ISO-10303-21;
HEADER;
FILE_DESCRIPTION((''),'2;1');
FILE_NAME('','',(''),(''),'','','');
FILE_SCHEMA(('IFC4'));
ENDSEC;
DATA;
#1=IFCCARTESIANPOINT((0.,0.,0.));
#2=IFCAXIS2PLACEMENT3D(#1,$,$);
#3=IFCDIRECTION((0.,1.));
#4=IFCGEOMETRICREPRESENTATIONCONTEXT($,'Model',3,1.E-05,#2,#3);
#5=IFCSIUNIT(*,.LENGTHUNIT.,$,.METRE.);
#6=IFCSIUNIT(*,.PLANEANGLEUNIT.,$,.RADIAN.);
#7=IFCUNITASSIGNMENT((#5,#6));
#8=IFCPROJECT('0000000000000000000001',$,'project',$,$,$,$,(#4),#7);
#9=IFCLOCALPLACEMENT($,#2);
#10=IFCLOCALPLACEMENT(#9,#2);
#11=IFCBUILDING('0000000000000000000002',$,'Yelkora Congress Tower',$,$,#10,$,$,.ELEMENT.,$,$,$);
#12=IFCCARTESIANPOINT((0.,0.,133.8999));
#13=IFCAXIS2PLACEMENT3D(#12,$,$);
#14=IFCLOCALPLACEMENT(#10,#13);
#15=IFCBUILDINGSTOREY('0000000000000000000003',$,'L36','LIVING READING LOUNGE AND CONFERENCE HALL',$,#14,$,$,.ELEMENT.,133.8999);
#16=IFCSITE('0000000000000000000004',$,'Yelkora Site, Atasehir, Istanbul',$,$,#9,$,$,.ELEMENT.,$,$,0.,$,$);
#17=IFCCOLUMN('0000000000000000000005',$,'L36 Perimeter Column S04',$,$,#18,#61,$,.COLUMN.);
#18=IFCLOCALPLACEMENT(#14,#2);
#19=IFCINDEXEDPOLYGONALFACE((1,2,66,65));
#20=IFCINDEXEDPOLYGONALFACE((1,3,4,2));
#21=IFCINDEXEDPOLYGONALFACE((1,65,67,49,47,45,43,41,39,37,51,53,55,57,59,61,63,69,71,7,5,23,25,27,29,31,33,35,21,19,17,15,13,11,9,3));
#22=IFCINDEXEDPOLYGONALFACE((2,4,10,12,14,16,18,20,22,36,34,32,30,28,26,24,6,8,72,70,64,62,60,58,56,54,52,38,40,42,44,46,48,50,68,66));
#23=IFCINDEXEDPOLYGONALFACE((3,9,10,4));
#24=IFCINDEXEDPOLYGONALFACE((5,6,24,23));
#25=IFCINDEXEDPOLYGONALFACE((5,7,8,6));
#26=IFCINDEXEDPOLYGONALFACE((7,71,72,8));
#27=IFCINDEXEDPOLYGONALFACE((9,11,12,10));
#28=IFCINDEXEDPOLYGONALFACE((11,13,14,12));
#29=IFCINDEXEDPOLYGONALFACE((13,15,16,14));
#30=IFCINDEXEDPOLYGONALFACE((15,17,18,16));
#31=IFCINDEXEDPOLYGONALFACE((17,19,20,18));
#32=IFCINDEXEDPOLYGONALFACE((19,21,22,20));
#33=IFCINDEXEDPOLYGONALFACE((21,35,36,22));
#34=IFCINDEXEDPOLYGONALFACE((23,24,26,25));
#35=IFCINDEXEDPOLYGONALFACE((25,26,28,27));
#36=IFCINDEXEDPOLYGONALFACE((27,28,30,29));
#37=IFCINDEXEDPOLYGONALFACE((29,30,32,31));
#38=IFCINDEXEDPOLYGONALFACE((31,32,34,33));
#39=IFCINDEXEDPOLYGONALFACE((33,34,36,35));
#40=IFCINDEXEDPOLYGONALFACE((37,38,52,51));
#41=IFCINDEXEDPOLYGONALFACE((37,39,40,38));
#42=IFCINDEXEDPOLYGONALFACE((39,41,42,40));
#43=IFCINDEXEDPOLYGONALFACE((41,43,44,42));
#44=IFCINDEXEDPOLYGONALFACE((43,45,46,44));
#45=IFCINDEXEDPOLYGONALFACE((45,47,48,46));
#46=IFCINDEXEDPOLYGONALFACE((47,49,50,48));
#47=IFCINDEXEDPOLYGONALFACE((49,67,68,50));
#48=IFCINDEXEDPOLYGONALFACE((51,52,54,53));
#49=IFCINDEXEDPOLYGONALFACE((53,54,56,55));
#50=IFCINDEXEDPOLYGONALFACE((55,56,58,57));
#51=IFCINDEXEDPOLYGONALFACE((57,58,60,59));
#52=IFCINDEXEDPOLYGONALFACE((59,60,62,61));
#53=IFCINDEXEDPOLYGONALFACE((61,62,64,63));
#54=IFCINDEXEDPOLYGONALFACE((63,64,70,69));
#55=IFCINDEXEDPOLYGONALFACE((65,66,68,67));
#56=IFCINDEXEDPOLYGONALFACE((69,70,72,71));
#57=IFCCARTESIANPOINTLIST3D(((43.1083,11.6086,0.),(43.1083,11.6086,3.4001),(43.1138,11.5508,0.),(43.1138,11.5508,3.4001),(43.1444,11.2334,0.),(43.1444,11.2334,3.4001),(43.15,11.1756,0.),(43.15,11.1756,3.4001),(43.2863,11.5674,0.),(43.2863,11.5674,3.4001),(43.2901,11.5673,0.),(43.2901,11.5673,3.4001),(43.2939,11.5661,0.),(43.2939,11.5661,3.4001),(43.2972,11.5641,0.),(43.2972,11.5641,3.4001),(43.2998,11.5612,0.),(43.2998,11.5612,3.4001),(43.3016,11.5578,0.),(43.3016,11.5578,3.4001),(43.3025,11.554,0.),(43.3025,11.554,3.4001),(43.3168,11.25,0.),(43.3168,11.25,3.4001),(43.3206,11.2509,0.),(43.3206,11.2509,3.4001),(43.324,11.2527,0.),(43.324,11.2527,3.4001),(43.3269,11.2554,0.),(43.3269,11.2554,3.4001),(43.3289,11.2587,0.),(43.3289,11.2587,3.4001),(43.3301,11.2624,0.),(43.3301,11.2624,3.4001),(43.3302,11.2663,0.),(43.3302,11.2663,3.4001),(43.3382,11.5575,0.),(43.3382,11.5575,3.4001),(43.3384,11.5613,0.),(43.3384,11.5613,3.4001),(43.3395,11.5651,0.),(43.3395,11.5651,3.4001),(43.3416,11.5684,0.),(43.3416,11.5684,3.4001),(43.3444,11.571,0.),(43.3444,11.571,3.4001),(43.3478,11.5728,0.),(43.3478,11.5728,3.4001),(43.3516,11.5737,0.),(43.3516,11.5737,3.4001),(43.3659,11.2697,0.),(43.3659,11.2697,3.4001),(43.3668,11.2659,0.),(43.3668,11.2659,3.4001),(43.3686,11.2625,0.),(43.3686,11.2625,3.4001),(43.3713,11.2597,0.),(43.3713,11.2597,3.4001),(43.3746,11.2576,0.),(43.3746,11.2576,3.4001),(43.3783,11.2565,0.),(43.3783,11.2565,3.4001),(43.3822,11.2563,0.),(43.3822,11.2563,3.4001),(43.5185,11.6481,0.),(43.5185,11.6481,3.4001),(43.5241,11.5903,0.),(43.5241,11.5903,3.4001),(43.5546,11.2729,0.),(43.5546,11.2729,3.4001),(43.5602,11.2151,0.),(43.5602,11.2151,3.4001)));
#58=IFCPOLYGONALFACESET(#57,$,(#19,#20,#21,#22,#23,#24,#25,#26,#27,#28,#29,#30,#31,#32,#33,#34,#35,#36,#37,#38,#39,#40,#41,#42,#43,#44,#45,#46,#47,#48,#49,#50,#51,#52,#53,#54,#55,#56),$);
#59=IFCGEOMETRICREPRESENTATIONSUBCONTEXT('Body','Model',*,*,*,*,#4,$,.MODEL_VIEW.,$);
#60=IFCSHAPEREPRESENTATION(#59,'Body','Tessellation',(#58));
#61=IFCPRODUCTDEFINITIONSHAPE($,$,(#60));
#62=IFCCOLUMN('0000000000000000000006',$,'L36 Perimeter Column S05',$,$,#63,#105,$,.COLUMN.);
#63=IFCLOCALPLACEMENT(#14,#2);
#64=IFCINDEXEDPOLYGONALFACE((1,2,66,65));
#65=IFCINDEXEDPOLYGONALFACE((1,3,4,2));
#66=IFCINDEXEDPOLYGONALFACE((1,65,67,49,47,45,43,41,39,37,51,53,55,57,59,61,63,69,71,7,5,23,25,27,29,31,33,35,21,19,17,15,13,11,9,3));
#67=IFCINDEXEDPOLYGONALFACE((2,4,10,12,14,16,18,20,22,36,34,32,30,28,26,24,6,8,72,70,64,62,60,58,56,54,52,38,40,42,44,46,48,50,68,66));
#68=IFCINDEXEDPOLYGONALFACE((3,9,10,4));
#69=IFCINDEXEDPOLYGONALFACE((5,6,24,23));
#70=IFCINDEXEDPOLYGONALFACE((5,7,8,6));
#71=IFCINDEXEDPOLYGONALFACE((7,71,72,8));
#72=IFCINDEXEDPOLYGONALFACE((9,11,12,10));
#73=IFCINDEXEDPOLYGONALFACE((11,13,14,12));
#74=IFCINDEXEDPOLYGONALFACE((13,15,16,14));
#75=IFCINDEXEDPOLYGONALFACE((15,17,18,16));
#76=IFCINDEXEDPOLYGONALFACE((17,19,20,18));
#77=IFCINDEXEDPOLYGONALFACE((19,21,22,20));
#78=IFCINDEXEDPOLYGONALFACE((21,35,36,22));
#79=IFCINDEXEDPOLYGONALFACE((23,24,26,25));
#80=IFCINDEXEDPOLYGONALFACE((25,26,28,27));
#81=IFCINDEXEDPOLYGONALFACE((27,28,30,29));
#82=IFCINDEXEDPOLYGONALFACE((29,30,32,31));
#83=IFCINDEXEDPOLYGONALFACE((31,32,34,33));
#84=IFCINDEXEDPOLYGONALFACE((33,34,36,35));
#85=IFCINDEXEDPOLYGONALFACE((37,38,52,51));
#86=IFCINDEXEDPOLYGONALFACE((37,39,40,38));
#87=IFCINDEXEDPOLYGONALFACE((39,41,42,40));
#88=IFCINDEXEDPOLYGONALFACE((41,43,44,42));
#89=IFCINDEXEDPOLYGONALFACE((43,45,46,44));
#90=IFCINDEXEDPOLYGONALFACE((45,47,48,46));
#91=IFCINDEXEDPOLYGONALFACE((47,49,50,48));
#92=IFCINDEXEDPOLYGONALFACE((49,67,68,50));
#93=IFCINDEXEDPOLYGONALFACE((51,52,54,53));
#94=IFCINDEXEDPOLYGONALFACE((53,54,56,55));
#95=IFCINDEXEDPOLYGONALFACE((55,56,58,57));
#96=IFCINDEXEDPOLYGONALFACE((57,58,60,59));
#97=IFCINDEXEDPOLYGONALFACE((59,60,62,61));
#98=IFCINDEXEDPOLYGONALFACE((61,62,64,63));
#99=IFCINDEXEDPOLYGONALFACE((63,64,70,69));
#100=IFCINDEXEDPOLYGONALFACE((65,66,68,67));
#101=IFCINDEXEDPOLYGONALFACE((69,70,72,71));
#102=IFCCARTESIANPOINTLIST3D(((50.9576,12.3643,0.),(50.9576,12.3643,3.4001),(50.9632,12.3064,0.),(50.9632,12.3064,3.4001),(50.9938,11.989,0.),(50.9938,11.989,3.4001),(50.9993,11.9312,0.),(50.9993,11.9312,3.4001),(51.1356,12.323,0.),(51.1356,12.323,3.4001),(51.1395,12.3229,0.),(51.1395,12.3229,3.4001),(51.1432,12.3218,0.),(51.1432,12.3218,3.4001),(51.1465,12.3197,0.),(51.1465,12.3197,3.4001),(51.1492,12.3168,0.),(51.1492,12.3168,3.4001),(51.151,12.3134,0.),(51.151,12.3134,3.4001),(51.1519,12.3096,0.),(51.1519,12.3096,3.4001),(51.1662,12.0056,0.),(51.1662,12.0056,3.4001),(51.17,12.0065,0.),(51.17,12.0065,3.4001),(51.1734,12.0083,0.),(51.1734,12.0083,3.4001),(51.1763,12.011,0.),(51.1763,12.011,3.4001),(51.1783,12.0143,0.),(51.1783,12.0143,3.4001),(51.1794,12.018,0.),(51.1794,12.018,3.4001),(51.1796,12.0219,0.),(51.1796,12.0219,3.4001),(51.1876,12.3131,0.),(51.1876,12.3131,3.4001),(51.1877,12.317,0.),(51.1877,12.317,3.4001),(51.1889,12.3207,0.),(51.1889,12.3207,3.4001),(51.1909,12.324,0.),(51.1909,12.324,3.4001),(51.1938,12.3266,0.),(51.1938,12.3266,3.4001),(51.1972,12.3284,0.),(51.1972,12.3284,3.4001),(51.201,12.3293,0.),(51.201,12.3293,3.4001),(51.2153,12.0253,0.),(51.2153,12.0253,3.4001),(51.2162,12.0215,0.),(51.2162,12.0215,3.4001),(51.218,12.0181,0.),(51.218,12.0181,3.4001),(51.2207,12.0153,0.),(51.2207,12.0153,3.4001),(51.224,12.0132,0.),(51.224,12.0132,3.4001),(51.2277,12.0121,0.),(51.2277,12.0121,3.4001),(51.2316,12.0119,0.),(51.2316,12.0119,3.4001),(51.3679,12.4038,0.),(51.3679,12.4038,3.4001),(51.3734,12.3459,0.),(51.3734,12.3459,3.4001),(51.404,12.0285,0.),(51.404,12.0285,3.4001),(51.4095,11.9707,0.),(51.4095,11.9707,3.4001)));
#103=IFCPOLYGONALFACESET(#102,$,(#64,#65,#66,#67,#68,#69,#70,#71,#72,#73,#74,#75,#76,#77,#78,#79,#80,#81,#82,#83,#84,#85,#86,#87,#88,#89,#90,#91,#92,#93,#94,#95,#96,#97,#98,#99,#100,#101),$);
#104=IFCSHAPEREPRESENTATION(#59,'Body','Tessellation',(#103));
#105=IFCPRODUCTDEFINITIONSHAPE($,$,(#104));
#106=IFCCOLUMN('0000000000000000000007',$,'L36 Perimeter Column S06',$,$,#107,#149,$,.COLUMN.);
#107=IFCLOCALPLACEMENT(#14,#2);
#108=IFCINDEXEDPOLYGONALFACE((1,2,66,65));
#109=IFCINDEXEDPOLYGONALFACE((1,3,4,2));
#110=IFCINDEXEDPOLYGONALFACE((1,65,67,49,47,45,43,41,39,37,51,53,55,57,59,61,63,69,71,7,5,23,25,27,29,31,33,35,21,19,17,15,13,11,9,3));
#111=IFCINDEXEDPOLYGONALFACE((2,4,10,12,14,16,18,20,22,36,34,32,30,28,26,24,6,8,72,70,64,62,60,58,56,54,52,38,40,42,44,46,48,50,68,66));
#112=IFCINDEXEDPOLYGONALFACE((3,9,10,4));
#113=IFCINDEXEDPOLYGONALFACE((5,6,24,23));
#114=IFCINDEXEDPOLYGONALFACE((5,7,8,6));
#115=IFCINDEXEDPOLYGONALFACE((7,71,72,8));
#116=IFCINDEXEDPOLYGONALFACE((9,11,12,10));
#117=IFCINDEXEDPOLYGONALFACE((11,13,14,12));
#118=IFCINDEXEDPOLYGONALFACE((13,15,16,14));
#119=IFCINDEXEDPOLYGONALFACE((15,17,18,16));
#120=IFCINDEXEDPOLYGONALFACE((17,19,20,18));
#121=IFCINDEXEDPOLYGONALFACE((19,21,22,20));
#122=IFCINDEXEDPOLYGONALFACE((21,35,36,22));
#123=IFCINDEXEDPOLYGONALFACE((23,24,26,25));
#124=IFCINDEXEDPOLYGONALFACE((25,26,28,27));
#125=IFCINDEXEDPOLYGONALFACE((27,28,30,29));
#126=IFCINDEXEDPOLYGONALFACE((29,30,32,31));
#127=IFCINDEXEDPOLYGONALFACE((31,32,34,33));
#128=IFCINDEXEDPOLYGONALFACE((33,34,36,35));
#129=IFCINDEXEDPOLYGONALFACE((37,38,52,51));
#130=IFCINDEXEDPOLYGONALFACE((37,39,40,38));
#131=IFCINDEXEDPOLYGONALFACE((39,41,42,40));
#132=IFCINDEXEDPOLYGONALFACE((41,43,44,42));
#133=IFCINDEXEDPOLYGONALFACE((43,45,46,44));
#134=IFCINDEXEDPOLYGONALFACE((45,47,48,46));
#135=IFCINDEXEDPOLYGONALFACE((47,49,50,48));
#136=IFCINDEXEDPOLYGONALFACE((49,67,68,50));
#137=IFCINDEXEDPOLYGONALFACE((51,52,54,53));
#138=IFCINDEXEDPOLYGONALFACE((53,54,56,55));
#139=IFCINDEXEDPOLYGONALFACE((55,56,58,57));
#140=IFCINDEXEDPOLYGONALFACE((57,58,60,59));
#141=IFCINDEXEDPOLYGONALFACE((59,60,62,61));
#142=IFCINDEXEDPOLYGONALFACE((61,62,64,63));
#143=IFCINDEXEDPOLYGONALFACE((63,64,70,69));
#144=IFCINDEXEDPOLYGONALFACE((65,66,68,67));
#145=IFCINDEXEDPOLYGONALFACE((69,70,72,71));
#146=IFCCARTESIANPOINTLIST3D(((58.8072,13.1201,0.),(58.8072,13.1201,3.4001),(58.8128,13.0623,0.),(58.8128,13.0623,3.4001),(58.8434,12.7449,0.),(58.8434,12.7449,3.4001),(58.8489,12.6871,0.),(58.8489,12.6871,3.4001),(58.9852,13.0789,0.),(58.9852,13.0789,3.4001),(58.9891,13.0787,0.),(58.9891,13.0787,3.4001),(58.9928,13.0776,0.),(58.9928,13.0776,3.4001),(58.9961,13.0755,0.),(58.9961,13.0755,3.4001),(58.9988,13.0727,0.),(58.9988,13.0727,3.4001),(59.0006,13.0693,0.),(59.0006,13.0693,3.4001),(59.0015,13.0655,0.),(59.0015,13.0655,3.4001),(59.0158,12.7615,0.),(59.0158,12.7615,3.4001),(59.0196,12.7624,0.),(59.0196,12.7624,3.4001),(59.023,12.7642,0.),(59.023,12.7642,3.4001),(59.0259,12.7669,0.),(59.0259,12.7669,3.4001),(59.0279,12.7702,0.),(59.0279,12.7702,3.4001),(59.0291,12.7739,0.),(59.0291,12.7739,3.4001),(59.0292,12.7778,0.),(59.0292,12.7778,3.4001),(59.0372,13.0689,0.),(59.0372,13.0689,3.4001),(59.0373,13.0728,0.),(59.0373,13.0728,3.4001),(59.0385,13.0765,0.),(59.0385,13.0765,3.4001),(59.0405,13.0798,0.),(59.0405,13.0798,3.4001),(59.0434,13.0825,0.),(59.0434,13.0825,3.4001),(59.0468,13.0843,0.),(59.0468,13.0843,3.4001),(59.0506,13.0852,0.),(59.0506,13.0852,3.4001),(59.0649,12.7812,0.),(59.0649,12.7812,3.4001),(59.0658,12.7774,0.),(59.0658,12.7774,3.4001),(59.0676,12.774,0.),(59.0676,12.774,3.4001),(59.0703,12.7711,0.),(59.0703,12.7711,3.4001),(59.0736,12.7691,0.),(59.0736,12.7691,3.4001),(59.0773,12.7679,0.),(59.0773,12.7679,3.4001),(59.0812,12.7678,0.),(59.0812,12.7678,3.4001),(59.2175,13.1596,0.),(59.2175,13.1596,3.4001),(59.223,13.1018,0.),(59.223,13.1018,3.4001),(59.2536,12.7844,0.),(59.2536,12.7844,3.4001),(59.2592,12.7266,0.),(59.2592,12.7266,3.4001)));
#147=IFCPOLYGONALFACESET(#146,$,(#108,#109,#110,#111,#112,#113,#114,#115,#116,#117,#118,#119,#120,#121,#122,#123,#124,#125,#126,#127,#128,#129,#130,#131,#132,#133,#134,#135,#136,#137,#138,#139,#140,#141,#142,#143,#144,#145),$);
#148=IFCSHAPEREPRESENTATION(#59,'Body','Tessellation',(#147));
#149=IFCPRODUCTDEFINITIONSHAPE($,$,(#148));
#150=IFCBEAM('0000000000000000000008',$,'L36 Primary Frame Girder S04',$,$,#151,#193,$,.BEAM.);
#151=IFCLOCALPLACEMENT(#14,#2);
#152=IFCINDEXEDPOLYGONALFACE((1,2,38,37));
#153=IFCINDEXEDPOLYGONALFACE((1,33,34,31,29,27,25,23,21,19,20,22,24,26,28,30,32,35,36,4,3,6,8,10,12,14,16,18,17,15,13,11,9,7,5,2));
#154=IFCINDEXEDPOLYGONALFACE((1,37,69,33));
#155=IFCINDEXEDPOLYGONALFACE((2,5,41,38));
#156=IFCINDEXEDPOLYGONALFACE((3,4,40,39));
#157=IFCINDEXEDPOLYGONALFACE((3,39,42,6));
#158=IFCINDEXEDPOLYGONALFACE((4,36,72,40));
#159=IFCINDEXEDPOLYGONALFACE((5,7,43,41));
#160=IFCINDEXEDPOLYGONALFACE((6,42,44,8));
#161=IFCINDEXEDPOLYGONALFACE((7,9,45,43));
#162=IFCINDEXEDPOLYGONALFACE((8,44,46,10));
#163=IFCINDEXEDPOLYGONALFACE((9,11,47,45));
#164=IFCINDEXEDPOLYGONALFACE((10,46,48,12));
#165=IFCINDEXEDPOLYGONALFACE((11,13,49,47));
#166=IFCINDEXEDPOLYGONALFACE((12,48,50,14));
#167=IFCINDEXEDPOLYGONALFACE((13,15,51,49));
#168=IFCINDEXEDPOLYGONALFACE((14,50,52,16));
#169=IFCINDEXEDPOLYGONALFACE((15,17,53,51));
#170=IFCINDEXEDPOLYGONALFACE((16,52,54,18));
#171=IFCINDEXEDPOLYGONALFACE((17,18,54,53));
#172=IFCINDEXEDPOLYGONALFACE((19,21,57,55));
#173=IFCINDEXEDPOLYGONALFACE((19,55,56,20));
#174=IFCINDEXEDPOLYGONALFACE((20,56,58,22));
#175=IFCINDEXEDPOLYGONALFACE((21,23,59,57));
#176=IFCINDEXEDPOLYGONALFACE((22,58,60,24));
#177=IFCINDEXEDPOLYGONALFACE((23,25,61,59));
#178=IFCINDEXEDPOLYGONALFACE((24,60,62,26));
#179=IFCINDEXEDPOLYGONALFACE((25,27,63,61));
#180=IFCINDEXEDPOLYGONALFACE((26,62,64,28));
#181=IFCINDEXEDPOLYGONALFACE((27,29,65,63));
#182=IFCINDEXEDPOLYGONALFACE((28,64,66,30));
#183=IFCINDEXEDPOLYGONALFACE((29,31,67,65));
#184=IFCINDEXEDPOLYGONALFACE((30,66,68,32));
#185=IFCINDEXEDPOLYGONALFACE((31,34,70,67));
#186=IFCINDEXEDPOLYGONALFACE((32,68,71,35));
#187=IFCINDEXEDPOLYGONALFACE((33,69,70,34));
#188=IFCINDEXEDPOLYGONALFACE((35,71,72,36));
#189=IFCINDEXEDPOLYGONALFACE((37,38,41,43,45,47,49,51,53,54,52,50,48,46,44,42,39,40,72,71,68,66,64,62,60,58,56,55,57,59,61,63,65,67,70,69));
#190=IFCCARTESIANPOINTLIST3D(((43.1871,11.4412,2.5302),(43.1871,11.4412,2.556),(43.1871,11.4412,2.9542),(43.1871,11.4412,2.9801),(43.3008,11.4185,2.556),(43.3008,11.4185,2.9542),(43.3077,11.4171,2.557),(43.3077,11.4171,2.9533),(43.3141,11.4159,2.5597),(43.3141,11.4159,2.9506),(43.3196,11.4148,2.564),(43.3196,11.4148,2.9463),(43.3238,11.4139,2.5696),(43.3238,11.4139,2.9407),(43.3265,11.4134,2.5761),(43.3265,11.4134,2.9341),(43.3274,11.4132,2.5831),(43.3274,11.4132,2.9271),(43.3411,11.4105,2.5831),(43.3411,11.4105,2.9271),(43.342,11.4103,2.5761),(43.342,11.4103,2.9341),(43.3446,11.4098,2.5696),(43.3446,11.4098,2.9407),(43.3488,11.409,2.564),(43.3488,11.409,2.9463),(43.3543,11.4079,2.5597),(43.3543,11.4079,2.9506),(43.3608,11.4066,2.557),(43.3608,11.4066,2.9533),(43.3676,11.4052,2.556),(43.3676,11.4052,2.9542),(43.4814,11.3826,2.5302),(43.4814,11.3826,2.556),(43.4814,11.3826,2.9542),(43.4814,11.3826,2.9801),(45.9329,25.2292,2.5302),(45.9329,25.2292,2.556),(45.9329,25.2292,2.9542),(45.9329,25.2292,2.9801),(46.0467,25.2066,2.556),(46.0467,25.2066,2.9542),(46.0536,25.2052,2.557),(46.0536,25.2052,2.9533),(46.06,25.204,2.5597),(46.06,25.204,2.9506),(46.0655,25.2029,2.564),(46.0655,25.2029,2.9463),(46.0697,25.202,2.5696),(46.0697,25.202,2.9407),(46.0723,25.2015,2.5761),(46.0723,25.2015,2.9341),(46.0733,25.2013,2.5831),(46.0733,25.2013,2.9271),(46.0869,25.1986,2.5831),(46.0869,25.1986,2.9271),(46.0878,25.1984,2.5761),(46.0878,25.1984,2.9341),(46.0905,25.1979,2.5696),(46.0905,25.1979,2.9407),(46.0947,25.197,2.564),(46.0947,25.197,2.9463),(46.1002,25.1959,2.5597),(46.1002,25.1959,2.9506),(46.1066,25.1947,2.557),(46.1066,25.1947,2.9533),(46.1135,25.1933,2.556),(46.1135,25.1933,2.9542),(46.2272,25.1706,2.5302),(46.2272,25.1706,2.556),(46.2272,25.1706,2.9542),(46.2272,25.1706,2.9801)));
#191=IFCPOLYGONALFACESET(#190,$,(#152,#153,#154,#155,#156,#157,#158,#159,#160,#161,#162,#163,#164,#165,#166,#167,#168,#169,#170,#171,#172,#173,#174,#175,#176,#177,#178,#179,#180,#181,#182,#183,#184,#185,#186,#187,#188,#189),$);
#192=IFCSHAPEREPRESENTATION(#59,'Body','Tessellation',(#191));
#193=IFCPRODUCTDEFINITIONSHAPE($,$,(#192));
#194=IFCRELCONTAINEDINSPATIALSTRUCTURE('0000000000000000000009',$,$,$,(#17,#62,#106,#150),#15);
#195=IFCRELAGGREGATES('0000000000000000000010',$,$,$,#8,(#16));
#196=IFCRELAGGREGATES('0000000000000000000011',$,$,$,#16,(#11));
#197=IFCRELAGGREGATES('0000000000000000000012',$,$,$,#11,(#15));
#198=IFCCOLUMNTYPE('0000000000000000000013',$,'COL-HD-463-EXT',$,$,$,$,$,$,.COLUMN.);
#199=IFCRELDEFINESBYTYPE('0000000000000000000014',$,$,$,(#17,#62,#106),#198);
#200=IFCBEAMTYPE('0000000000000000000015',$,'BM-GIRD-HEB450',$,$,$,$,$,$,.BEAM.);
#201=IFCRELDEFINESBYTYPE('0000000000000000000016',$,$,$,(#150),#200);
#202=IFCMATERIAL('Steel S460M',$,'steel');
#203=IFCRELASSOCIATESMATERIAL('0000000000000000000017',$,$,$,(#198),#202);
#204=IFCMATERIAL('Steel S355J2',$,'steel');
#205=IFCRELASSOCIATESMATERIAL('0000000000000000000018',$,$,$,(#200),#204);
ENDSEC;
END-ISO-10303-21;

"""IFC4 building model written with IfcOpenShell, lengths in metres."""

from ifc_helpers import new_model, si_unit, direction, frame, origin, origin_2d, place, context, subcontext, project, spatial, i_section, extrude, material, material_profile, profile_set, type_object, element, save


model = new_model("IFC4")

# Units and contexts
model_context = context("Model", 3, precision=1e-05, world=origin(), true_north=direction((0.0, 1.0)))
body_context = subcontext(model_context, "Body", "Model", "MODEL_VIEW")
ifc_project = project(units=[si_unit("LENGTHUNIT", "METRE"), si_unit("PLANEANGLEUNIT", "RADIAN")], contexts=[model_context])

# Site, building, storey
site_placement = place(None, origin())
site = spatial("IfcSite", under=ifc_project, at=site_placement, Name="Yelkora Site, Atasehir, Istanbul", CompositionType="ELEMENT", RefElevation=0.0)
building_placement = place(site_placement, origin())
building = spatial("IfcBuilding", under=site, at=building_placement, Name="Yelkora Congress Tower", CompositionType="ELEMENT")
storey_placement = place(building_placement, frame((0.0, 0.0, 133.8999)))
storey = spatial("IfcBuildingStorey", under=building, at=storey_placement, Name="L36", Description="LIVING READING LOUNGE AND CONFERENCE HALL", CompositionType="ELEMENT", Elevation=133.8999)

# Columns
ifc_material_1 = material(Name="Steel S460M", Category="steel")
ifc_material_profile_1 = material_profile(ifc_material_1, i_section(OverallWidth=0.4121, OverallDepth=0.4351, WebThickness=0.0359, FlangeThickness=0.0581, FilletRadius=0.0149, at=origin_2d()), Name="HD 400x463")
ifc_profile_set_1 = profile_set([ifc_material_profile_1], Name="Steel S460M")
column_type = type_object("IfcColumnType", Name="COL-HD-463-EXT", PredefinedType="COLUMN", material=ifc_profile_set_1)
for number, where, z_axis, x_axis, name in (
    (1, (43.3342, 11.4119, 0.0), (0.0, 0.0, 1.0), (0.995396, 0.095846, 0.0), "L36 Perimeter Column S04"),
    (2, (51.1836, 12.1675, 0.0), (0.0, 0.0, 1.0), (0.995396, 0.095846, 0.0), "L36 Perimeter Column S05"),
    (3, (59.0332, 12.9233, 0.0), (0.0, 0.0, 1.0), (0.995396, 0.095846, 0.0), "L36 Perimeter Column S06"),
):
    element("IfcColumn", number, at=place(storey_placement, frame(where, z_axis=z_axis, x_axis=x_axis)), inside=storey, type_object=column_type, Name=name, PredefinedType="COLUMN", context=body_context, shape_type="SweptSolid", body=[
        extrude(i_section(OverallWidth=0.4121, OverallDepth=0.4351, WebThickness=0.0359, FlangeThickness=0.0581, FilletRadius=0.0149, at=origin_2d()), origin(), (0.0, 0.0, 1.0), 3.4001),
    ])

# Beam
ifc_material_2 = material(Name="Steel S355J2", Category="steel")
ifc_material_profile_2 = material_profile(ifc_material_2, i_section(OverallWidth=0.3, OverallDepth=0.45, WebThickness=0.0139, FlangeThickness=0.0259, FilletRadius=0.0271, at=origin_2d()), Name="HEB 450")
ifc_profile_set_2 = profile_set([ifc_material_profile_2], Name="Steel S355J2")
beam_type_1 = type_object("IfcBeamType", Name="BM-GIRD-HEB450", PredefinedType="BEAM", material=ifc_profile_set_2)
beam_1_placement = place(storey_placement, frame((43.3342, 11.4119, 2.7551), z_axis=(0.195311, 0.980741, 0.0), x_axis=(-0.980741, 0.195311, 0.0)))
element("IfcBeam", 4, at=beam_1_placement, inside=storey, type_object=beam_type_1, Name="L36 Primary Frame Girder S04", PredefinedType="BEAM", context=body_context, shape_type="SweptSolid", body=[
    extrude(i_section(OverallWidth=0.3, OverallDepth=0.45, WebThickness=0.0139, FlangeThickness=0.0259, FilletRadius=0.0271, at=origin_2d()), origin(), (0.0, 0.0, 1.0), 14.0588),
])

save(model, "model.ifc")
